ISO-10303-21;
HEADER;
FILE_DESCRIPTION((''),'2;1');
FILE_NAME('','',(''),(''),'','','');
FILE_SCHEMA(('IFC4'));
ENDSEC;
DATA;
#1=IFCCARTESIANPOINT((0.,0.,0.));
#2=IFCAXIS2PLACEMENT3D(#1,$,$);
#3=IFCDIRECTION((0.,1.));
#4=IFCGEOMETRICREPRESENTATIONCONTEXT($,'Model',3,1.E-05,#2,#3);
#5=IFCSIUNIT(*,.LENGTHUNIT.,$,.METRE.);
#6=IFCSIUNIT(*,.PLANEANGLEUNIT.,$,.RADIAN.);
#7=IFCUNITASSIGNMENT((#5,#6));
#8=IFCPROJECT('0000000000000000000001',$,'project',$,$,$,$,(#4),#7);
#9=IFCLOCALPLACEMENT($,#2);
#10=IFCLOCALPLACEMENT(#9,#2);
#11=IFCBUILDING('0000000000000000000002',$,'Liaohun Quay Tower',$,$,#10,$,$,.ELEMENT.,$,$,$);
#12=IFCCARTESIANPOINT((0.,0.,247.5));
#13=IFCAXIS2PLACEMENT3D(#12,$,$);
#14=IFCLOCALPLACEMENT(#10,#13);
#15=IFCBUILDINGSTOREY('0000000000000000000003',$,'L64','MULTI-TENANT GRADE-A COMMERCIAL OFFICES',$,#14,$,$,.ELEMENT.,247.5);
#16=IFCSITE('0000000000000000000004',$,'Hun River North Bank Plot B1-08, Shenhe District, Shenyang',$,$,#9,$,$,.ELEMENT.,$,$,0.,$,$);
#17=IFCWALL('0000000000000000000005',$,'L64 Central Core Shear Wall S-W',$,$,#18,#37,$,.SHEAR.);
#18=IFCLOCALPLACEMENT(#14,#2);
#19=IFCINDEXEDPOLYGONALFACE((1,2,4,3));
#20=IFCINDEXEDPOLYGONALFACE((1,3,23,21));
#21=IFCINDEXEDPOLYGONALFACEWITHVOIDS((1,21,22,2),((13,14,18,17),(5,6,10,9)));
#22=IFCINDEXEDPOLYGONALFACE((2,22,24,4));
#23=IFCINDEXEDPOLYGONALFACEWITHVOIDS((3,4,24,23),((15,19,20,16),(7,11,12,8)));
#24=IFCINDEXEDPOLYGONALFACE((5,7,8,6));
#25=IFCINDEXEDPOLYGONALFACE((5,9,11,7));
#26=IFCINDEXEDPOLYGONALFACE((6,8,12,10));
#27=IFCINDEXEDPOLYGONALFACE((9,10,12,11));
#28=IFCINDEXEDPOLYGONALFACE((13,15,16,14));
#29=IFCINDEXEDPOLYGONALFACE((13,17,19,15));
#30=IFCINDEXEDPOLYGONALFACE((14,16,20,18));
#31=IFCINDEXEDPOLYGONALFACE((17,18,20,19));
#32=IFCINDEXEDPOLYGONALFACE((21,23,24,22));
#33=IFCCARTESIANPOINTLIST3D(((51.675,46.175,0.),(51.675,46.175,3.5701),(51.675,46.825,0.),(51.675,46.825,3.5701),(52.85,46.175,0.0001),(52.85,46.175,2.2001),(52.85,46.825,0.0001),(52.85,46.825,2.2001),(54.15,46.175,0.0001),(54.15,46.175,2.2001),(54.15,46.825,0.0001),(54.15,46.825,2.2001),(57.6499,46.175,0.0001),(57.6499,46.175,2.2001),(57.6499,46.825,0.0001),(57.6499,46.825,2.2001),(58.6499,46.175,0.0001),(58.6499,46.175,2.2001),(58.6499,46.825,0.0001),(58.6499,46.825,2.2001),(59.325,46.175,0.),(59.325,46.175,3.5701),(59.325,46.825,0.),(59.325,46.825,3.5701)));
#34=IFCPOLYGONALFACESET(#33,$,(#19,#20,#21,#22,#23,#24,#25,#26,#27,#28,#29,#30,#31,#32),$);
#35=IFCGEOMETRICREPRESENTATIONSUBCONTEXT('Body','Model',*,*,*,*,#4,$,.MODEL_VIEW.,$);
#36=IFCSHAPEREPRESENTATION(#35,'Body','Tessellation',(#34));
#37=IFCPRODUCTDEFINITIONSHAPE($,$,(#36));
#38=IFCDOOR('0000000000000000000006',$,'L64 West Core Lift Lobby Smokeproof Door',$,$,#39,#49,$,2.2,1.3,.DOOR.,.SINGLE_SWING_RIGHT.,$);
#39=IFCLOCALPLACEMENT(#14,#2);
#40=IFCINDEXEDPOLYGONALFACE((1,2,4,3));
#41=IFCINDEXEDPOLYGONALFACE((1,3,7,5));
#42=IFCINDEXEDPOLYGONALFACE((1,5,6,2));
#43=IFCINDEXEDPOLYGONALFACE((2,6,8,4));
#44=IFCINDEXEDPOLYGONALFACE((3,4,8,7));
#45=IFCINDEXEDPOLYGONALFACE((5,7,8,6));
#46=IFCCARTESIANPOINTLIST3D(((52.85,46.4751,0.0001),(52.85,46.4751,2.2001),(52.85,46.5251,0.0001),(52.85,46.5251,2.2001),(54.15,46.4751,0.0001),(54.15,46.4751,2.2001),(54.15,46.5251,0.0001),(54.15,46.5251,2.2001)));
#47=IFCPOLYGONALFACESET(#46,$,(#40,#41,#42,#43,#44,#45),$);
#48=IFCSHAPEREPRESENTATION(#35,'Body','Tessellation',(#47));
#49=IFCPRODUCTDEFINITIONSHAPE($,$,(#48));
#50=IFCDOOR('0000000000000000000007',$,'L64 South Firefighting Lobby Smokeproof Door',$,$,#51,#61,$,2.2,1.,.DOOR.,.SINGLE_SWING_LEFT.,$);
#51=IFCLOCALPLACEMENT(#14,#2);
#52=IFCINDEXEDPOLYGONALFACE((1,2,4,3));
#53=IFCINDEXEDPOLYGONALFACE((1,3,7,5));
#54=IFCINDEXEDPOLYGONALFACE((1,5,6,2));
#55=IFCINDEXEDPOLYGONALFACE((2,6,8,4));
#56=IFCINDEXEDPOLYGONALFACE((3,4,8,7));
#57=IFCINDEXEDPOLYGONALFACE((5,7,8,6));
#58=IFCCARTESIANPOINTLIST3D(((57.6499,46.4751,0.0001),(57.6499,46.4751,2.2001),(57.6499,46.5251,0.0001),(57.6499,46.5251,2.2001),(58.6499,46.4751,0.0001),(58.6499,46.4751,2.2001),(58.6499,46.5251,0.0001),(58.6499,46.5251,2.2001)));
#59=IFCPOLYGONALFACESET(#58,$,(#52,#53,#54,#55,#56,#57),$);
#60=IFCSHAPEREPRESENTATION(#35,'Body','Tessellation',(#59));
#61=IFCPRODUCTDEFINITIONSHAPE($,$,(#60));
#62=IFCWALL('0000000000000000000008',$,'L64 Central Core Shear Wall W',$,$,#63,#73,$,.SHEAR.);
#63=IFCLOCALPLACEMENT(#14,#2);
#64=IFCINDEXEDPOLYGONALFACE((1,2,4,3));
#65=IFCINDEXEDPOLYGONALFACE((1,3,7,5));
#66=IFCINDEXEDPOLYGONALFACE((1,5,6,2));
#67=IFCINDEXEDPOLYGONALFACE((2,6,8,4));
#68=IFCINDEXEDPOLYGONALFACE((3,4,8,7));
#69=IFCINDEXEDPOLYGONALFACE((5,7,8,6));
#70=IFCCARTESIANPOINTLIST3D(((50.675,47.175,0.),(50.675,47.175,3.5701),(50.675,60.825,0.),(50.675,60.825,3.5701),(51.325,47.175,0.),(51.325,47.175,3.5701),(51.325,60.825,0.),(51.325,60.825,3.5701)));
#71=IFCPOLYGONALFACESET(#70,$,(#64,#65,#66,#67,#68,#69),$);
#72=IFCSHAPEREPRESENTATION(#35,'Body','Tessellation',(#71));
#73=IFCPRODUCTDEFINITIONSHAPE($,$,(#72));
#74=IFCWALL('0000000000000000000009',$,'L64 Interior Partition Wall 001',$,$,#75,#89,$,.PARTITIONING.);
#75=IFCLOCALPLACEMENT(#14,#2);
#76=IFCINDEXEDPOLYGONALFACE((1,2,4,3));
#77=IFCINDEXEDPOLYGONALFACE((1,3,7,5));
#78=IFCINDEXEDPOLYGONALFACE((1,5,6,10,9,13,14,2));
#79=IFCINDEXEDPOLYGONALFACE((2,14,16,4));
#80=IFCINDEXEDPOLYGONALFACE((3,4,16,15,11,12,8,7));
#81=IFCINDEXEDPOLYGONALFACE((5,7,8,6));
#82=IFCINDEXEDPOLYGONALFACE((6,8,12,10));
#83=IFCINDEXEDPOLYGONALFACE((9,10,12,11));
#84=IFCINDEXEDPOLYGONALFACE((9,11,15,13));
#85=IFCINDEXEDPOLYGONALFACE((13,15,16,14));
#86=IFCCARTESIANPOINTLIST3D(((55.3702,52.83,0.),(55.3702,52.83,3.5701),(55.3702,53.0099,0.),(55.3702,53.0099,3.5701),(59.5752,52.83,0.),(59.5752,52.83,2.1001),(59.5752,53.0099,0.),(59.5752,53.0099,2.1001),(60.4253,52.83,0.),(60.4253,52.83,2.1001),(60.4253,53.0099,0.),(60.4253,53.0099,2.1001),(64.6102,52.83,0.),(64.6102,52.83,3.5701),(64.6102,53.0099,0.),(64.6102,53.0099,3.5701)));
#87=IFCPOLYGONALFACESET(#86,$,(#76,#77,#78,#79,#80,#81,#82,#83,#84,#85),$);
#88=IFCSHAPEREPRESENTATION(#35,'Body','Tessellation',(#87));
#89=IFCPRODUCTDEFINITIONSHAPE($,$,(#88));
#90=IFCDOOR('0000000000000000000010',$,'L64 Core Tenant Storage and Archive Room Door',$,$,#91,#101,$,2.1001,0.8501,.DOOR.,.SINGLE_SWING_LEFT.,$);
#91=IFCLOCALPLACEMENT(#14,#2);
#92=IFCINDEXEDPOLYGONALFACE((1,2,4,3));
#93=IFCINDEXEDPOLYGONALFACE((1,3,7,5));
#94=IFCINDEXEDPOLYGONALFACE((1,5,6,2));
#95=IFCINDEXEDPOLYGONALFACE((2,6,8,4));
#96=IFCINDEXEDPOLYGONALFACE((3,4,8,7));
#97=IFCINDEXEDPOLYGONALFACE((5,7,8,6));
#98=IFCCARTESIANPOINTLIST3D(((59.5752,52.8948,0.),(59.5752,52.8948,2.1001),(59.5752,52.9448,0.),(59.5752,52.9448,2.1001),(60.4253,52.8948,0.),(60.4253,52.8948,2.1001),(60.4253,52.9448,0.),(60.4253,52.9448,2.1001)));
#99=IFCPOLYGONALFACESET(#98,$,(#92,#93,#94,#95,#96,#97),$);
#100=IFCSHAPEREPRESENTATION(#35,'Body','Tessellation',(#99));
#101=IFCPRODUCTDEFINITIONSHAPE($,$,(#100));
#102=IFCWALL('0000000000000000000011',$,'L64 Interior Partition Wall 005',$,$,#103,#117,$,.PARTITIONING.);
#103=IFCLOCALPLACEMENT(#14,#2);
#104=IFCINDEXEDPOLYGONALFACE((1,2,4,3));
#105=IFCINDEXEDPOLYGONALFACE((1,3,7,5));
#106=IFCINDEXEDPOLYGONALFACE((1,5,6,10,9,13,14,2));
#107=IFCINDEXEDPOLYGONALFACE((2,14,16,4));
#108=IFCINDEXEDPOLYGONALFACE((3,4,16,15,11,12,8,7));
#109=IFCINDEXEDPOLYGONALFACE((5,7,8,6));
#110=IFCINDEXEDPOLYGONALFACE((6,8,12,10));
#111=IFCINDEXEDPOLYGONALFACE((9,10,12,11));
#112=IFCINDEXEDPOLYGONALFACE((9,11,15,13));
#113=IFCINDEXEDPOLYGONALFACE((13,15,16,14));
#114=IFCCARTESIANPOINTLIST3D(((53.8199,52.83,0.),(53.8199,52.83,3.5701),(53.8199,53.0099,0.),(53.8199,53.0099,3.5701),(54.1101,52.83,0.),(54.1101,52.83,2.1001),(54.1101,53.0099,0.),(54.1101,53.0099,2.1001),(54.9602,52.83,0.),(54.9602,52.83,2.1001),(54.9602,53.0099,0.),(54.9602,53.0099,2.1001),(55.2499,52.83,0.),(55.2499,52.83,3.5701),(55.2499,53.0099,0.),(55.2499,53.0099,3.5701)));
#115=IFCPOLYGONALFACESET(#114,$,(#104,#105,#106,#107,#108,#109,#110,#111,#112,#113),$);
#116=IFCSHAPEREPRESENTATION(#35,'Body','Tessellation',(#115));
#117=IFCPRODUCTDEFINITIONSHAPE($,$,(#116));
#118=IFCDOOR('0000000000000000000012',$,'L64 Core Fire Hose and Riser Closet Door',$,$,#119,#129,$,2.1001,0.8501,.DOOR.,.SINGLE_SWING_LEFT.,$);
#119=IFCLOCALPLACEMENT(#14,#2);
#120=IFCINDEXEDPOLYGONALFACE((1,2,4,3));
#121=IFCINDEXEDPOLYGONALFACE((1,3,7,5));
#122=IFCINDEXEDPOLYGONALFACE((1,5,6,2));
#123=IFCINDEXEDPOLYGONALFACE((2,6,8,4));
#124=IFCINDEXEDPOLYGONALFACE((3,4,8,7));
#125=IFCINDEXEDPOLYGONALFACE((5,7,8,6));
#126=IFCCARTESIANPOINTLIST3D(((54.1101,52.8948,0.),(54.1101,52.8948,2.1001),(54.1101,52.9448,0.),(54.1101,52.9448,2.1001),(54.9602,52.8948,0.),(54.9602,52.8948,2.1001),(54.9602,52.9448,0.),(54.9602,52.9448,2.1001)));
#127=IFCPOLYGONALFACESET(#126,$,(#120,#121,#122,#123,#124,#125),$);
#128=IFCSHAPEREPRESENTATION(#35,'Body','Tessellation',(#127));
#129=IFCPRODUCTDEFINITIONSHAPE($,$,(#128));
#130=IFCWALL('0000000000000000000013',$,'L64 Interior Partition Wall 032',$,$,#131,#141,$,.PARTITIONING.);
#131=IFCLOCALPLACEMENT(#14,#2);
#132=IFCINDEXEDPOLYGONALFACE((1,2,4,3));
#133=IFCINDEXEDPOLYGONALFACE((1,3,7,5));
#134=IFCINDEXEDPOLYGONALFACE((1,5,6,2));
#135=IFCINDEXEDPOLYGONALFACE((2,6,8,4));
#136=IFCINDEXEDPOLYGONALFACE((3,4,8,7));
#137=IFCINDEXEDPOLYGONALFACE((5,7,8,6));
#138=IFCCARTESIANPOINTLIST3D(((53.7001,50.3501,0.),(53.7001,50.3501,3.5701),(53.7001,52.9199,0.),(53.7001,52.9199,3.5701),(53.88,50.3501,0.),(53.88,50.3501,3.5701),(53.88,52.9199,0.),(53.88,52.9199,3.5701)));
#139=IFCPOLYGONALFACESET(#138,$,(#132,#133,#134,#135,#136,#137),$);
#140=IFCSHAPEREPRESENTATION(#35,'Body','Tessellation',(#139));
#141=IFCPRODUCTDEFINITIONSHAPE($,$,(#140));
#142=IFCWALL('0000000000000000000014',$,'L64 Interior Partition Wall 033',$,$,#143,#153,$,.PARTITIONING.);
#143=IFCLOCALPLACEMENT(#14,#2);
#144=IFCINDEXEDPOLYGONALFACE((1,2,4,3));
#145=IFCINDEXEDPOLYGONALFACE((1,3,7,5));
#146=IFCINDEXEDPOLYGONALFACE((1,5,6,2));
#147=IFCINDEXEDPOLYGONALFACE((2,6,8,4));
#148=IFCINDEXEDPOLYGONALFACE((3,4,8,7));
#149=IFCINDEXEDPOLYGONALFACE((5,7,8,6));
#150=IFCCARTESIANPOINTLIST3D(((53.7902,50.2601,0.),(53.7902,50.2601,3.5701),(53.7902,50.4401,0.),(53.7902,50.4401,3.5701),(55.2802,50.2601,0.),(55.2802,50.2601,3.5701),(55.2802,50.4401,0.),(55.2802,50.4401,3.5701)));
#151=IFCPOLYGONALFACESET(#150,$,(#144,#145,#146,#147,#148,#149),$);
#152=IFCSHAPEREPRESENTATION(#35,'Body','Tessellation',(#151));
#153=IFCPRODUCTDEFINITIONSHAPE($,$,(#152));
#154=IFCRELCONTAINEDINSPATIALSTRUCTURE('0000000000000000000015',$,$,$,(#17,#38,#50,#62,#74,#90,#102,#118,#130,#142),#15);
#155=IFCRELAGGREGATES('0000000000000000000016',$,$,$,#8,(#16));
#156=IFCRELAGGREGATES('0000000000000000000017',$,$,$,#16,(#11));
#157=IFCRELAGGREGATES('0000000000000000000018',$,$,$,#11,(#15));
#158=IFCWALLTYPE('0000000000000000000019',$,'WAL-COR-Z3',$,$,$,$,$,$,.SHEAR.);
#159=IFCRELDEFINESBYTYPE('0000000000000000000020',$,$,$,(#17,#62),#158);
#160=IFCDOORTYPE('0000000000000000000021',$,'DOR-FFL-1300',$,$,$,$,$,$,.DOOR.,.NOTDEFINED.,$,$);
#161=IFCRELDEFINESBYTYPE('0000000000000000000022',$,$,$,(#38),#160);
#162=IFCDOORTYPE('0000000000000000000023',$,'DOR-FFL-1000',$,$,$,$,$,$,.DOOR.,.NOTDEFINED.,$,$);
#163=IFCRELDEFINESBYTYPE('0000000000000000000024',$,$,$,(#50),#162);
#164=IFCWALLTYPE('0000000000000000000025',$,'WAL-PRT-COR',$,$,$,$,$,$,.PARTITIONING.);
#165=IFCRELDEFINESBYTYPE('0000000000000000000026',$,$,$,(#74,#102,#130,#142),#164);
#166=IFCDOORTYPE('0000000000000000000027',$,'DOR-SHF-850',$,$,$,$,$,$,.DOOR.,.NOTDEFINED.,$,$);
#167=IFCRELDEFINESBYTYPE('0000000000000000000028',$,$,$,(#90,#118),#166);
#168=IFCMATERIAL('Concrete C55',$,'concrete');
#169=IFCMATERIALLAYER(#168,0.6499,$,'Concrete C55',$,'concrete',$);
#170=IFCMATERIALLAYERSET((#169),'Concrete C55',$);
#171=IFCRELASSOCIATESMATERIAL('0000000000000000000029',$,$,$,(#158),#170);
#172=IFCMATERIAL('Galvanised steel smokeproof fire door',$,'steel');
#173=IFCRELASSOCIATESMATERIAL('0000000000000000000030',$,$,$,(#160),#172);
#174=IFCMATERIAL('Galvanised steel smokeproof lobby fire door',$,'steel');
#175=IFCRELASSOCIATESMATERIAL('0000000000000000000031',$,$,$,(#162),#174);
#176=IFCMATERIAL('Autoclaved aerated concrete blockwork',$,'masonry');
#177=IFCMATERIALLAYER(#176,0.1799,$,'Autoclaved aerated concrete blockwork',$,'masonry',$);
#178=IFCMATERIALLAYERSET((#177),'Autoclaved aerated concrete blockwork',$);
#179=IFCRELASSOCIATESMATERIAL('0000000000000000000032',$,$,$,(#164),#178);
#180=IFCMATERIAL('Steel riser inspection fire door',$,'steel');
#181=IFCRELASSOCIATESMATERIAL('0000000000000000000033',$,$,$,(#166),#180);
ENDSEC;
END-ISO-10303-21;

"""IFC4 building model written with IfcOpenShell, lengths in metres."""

from ifc_helpers import new_model, si_unit, direction, frame, frame_2d, origin, place, context, subcontext, project, spatial, rectangle, extrude, source, transform, mapped, material, layer, layer_set, type_object, element, fill, save


model = new_model("IFC4")

# Units and contexts
model_context = context("Model", 3, precision=1e-05, world=origin(), true_north=direction((0.0, 1.0)))
body_context = subcontext(model_context, "Body", "Model", "MODEL_VIEW")
ifc_project = project(units=[si_unit("LENGTHUNIT", "METRE"), si_unit("PLANEANGLEUNIT", "RADIAN")], contexts=[model_context])

# Site, building, storey
site_placement = place(None, origin())
site = spatial("IfcSite", under=ifc_project, at=site_placement, Name="Hun River North Bank Plot B1-08, Shenhe District, Shenyang", CompositionType="ELEMENT", RefElevation=0.0)
building_placement = place(site_placement, origin())
building = spatial("IfcBuilding", under=site, at=building_placement, Name="Liaohun Quay Tower", CompositionType="ELEMENT")
storey_placement = place(building_placement, frame((0.0, 0.0, 247.5)))
storey = spatial("IfcBuildingStorey", under=building, at=storey_placement, Name="L64", Description="MULTI-TENANT GRADE-A COMMERCIAL OFFICES", CompositionType="ELEMENT", Elevation=247.5)

# Wall, openings, doors
ifc_material_1 = material(Name="Concrete C55", Category="concrete")
ifc_layer_1 = layer(ifc_material_1, 0.6499, Name="Concrete C55", Category="concrete")
ifc_layer_set_1 = layer_set([ifc_layer_1], Name="Concrete C55")
wall_type_1 = type_object("IfcWallType", Name="WAL-COR-Z3", PredefinedType="SHEAR", material=ifc_layer_set_1)
wall_1_placement = place(storey_placement, frame((59.325, 46.5, 0.0), z_axis=(0.0, 0.0, 1.0), x_axis=(-1.0, 0.0, 0.0)))
wall_1 = element("IfcWall", 1, at=wall_1_placement, inside=storey, type_object=wall_type_1, Name="L64 Central Core Shear Wall S-W", PredefinedType="SHEAR", context=body_context, shape_type="SweptSolid", body=[
    extrude(rectangle(XDim=7.6499, YDim=0.6499, at=frame_2d((3.825, 0.0))), origin(), (0.0, 0.0, 1.0), 3.5701),
])
shared_shape_1 = source(origin(), body_context, "Body", "SweptSolid", [
    extrude(rectangle(XDim=1.3, YDim=2.2, at=frame_2d((0.6499, 1.1001))), frame((0.0, 0.335, 0.0), z_axis=(0.0, -1.0, 0.0), x_axis=(1.0, 0.0, 0.0)), (0.0, 0.0, 1.0), 0.6699),
])
opening_1_placement = place(wall_1_placement, frame((5.175, 0.0, 0.0)))
opening_1 = element("IfcOpeningElement", 2, at=opening_1_placement, cuts=wall_1, PredefinedType="OPENING", context=body_context, shape_type="MappedRepresentation", body=[
    mapped(shared_shape_1, transform((0.0, 0.0, 0.0), x_axis=(1.0, 0.0, 0.0), y_axis=(0.0, 1.0, 0.0), z_axis=(0.0, 0.0, 1.0), scale=1.0)),
])
shared_shape_2 = source(origin(), body_context, "Body", "SweptSolid", [
    extrude(rectangle(XDim=1.0, YDim=2.2, at=frame_2d((0.5, 1.1001))), frame((0.0, 0.335, 0.0), z_axis=(0.0, -1.0, 0.0), x_axis=(1.0, 0.0, 0.0)), (0.0, 0.0, 1.0), 0.6699),
])
opening_2_placement = place(wall_1_placement, frame((0.675, 0.0, 0.0)))
opening_2 = element("IfcOpeningElement", 3, at=opening_2_placement, cuts=wall_1, PredefinedType="OPENING", context=body_context, shape_type="MappedRepresentation", body=[
    mapped(shared_shape_2, transform((0.0, 0.0, 0.0), x_axis=(1.0, 0.0, 0.0), y_axis=(0.0, 1.0, 0.0), z_axis=(0.0, 0.0, 1.0), scale=1.0)),
])
ifc_material_2 = material(Name="Galvanised steel smokeproof fire door", Category="steel")
door_type_1 = type_object("IfcDoorType", Name="DOR-FFL-1300", OperationType="NOTDEFINED", PredefinedType="DOOR", material=ifc_material_2)
shared_shape_3 = source(origin(), body_context, "Body", "SweptSolid", [
    extrude(rectangle(XDim=1.3, YDim=2.2, at=frame_2d((0.6499, 1.1001))), frame((0.0, 0.0249, 0.0), z_axis=(0.0, -1.0, 0.0), x_axis=(1.0, 0.0, 0.0)), (0.0, 0.0, 1.0), 0.05),
])
door_1_placement = place(opening_1_placement, origin())
door_1 = element("IfcDoor", 4, at=door_1_placement, inside=storey, type_object=door_type_1, Name="L64 West Core Lift Lobby Smokeproof Door", OperationType="SINGLE_SWING_RIGHT", OverallHeight=2.2, OverallWidth=1.3, PredefinedType="DOOR", context=body_context, shape_type="MappedRepresentation", body=[
    mapped(shared_shape_3, transform((0.0, 0.0, 0.0), x_axis=(1.0, 0.0, 0.0), y_axis=(0.0, 1.0, 0.0), z_axis=(0.0, 0.0, 1.0), scale=1.0)),
])
fill(opening_1, door_1)
ifc_material_3 = material(Name="Galvanised steel smokeproof lobby fire door", Category="steel")
door_type_2 = type_object("IfcDoorType", Name="DOR-FFL-1000", OperationType="NOTDEFINED", PredefinedType="DOOR", material=ifc_material_3)
shared_shape_4 = source(origin(), body_context, "Body", "SweptSolid", [
    extrude(rectangle(XDim=1.0, YDim=2.2, at=frame_2d((0.5, 1.1001))), frame((0.0, 0.0249, 0.0), z_axis=(0.0, -1.0, 0.0), x_axis=(1.0, 0.0, 0.0)), (0.0, 0.0, 1.0), 0.05),
])
door_2_placement = place(opening_2_placement, origin())
door_2 = element("IfcDoor", 5, at=door_2_placement, inside=storey, type_object=door_type_2, Name="L64 South Firefighting Lobby Smokeproof Door", OperationType="SINGLE_SWING_LEFT", OverallHeight=2.2, OverallWidth=1.0, PredefinedType="DOOR", context=body_context, shape_type="MappedRepresentation", body=[
    mapped(shared_shape_4, transform((0.0, 0.0, 0.0), x_axis=(1.0, 0.0, 0.0), y_axis=(0.0, 1.0, 0.0), z_axis=(0.0, 0.0, 1.0), scale=1.0)),
])
fill(opening_2, door_2)

# Wall
wall_2_placement = place(storey_placement, frame((51.0, 47.175, 0.0), z_axis=(0.0, 0.0, 1.0), x_axis=(0.0, 1.0, 0.0)))
element("IfcWall", 6, at=wall_2_placement, inside=storey, type_object=wall_type_1, Name="L64 Central Core Shear Wall W", PredefinedType="SHEAR", context=body_context, shape_type="SweptSolid", body=[
    extrude(rectangle(XDim=13.6499, YDim=0.6499, at=frame_2d((6.825, 0.0))), origin(), (0.0, 0.0, 1.0), 3.5701),
])

# Walls, openings, doors
ifc_material_4 = material(Name="Autoclaved aerated concrete blockwork", Category="masonry")
ifc_layer_2 = layer(ifc_material_4, 0.1799, Name="Autoclaved aerated concrete blockwork", Category="masonry")
ifc_layer_set_2 = layer_set([ifc_layer_2], Name="Autoclaved aerated concrete blockwork")
wall_type_2 = type_object("IfcWallType", Name="WAL-PRT-COR", PredefinedType="PARTITIONING", material=ifc_layer_set_2)
wall_3_placement = place(storey_placement, frame((55.3701, 52.9199, 0.0), z_axis=(0.0, 0.0, 1.0), x_axis=(1.0, 0.0, 0.0)))
wall_3 = element("IfcWall", 7, at=wall_3_placement, inside=storey, type_object=wall_type_2, Name="L64 Interior Partition Wall 001", PredefinedType="PARTITIONING", context=body_context, shape_type="SweptSolid", body=[
    extrude(rectangle(XDim=9.24, YDim=0.1799, at=frame_2d((4.6201, 0.0))), origin(), (0.0, 0.0, 1.0), 3.5701),
])
shared_shape_5 = source(origin(), body_context, "Body", "SweptSolid", [
    extrude(rectangle(XDim=0.8501, YDim=2.1001, at=frame_2d((0.425, 1.05))), frame((0.0, 0.0999, 0.0), z_axis=(0.0, -1.0, 0.0), x_axis=(1.0, 0.0, 0.0)), (0.0, 0.0, 1.0), 0.2),
])
opening_3_placement = place(wall_3_placement, frame((4.2051, 0.0, 0.0)))
opening_3 = element("IfcOpeningElement", 8, at=opening_3_placement, cuts=wall_3, PredefinedType="OPENING", context=body_context, shape_type="MappedRepresentation", body=[
    mapped(shared_shape_5, transform((0.0, 0.0, 0.0), x_axis=(1.0, 0.0, 0.0), y_axis=(0.0, 1.0, 0.0), z_axis=(0.0, 0.0, 1.0), scale=1.0)),
])
ifc_material_5 = material(Name="Steel riser inspection fire door", Category="steel")
door_type_3 = type_object("IfcDoorType", Name="DOR-SHF-850", OperationType="NOTDEFINED", PredefinedType="DOOR", material=ifc_material_5)
shared_shape_6 = source(origin(), body_context, "Body", "SweptSolid", [
    extrude(rectangle(XDim=0.8501, YDim=2.1001, at=frame_2d((0.425, 1.05))), frame((0.0, 0.0249, 0.0), z_axis=(0.0, -1.0, 0.0), x_axis=(1.0, 0.0, 0.0)), (0.0, 0.0, 1.0), 0.05),
])
door_3_placement = place(opening_3_placement, origin())
door_3 = element("IfcDoor", 9, at=door_3_placement, inside=storey, type_object=door_type_3, Name="L64 Core Tenant Storage and Archive Room Door", OperationType="SINGLE_SWING_LEFT", OverallHeight=2.1001, OverallWidth=0.8501, PredefinedType="DOOR", context=body_context, shape_type="MappedRepresentation", body=[
    mapped(shared_shape_6, transform((0.0, 0.0, 0.0), x_axis=(1.0, 0.0, 0.0), y_axis=(0.0, 1.0, 0.0), z_axis=(0.0, 0.0, 1.0), scale=1.0)),
])
fill(opening_3, door_3)
wall_4_placement = place(storey_placement, frame((53.8201, 52.9199, 0.0), z_axis=(0.0, 0.0, 1.0), x_axis=(1.0, 0.0, 0.0)))
wall_4 = element("IfcWall", 10, at=wall_4_placement, inside=storey, type_object=wall_type_2, Name="L64 Interior Partition Wall 005", PredefinedType="PARTITIONING", context=body_context, shape_type="SweptSolid", body=[
    extrude(rectangle(XDim=1.4299, YDim=0.1799, at=frame_2d((0.7148, 0.0))), origin(), (0.0, 0.0, 1.0), 3.5701),
])
opening_4_placement = place(wall_4_placement, frame((0.29, 0.0, 0.0)))
opening_4 = element("IfcOpeningElement", 11, at=opening_4_placement, cuts=wall_4, PredefinedType="OPENING", context=body_context, shape_type="MappedRepresentation", body=[
    mapped(shared_shape_5, transform((0.0, 0.0, 0.0), x_axis=(1.0, 0.0, 0.0), y_axis=(0.0, 1.0, 0.0), z_axis=(0.0, 0.0, 1.0), scale=1.0)),
])
door_4_placement = place(opening_4_placement, origin())
door_4 = element("IfcDoor", 12, at=door_4_placement, inside=storey, type_object=door_type_3, Name="L64 Core Fire Hose and Riser Closet Door", OperationType="SINGLE_SWING_LEFT", OverallHeight=2.1001, OverallWidth=0.8501, PredefinedType="DOOR", context=body_context, shape_type="MappedRepresentation", body=[
    mapped(shared_shape_6, transform((0.0, 0.0, 0.0), x_axis=(1.0, 0.0, 0.0), y_axis=(0.0, 1.0, 0.0), z_axis=(0.0, 0.0, 1.0), scale=1.0)),
])
fill(opening_4, door_4)

# Walls
wall_5_placement = place(storey_placement, frame((53.79, 50.3501, 0.0), z_axis=(0.0, 0.0, 1.0), x_axis=(0.0, 1.0, 0.0)))
element("IfcWall", 13, at=wall_5_placement, inside=storey, type_object=wall_type_2, Name="L64 Interior Partition Wall 032", PredefinedType="PARTITIONING", context=body_context, shape_type="SweptSolid", body=[
    extrude(rectangle(XDim=2.5698, YDim=0.1799, at=frame_2d((1.2849, 0.0))), origin(), (0.0, 0.0, 1.0), 3.5701),
])
wall_6_placement = place(storey_placement, frame((53.79, 50.3501, 0.0), z_axis=(0.0, 0.0, 1.0), x_axis=(1.0, 0.0, 0.0)))
element("IfcWall", 14, at=wall_6_placement, inside=storey, type_object=wall_type_2, Name="L64 Interior Partition Wall 033", PredefinedType="PARTITIONING", context=body_context, shape_type="SweptSolid", body=[
    extrude(rectangle(XDim=1.49, YDim=0.1799, at=frame_2d((0.7451, 0.0))), origin(), (0.0, 0.0, 1.0), 3.5701),
])

save(model, "model.ifc")
